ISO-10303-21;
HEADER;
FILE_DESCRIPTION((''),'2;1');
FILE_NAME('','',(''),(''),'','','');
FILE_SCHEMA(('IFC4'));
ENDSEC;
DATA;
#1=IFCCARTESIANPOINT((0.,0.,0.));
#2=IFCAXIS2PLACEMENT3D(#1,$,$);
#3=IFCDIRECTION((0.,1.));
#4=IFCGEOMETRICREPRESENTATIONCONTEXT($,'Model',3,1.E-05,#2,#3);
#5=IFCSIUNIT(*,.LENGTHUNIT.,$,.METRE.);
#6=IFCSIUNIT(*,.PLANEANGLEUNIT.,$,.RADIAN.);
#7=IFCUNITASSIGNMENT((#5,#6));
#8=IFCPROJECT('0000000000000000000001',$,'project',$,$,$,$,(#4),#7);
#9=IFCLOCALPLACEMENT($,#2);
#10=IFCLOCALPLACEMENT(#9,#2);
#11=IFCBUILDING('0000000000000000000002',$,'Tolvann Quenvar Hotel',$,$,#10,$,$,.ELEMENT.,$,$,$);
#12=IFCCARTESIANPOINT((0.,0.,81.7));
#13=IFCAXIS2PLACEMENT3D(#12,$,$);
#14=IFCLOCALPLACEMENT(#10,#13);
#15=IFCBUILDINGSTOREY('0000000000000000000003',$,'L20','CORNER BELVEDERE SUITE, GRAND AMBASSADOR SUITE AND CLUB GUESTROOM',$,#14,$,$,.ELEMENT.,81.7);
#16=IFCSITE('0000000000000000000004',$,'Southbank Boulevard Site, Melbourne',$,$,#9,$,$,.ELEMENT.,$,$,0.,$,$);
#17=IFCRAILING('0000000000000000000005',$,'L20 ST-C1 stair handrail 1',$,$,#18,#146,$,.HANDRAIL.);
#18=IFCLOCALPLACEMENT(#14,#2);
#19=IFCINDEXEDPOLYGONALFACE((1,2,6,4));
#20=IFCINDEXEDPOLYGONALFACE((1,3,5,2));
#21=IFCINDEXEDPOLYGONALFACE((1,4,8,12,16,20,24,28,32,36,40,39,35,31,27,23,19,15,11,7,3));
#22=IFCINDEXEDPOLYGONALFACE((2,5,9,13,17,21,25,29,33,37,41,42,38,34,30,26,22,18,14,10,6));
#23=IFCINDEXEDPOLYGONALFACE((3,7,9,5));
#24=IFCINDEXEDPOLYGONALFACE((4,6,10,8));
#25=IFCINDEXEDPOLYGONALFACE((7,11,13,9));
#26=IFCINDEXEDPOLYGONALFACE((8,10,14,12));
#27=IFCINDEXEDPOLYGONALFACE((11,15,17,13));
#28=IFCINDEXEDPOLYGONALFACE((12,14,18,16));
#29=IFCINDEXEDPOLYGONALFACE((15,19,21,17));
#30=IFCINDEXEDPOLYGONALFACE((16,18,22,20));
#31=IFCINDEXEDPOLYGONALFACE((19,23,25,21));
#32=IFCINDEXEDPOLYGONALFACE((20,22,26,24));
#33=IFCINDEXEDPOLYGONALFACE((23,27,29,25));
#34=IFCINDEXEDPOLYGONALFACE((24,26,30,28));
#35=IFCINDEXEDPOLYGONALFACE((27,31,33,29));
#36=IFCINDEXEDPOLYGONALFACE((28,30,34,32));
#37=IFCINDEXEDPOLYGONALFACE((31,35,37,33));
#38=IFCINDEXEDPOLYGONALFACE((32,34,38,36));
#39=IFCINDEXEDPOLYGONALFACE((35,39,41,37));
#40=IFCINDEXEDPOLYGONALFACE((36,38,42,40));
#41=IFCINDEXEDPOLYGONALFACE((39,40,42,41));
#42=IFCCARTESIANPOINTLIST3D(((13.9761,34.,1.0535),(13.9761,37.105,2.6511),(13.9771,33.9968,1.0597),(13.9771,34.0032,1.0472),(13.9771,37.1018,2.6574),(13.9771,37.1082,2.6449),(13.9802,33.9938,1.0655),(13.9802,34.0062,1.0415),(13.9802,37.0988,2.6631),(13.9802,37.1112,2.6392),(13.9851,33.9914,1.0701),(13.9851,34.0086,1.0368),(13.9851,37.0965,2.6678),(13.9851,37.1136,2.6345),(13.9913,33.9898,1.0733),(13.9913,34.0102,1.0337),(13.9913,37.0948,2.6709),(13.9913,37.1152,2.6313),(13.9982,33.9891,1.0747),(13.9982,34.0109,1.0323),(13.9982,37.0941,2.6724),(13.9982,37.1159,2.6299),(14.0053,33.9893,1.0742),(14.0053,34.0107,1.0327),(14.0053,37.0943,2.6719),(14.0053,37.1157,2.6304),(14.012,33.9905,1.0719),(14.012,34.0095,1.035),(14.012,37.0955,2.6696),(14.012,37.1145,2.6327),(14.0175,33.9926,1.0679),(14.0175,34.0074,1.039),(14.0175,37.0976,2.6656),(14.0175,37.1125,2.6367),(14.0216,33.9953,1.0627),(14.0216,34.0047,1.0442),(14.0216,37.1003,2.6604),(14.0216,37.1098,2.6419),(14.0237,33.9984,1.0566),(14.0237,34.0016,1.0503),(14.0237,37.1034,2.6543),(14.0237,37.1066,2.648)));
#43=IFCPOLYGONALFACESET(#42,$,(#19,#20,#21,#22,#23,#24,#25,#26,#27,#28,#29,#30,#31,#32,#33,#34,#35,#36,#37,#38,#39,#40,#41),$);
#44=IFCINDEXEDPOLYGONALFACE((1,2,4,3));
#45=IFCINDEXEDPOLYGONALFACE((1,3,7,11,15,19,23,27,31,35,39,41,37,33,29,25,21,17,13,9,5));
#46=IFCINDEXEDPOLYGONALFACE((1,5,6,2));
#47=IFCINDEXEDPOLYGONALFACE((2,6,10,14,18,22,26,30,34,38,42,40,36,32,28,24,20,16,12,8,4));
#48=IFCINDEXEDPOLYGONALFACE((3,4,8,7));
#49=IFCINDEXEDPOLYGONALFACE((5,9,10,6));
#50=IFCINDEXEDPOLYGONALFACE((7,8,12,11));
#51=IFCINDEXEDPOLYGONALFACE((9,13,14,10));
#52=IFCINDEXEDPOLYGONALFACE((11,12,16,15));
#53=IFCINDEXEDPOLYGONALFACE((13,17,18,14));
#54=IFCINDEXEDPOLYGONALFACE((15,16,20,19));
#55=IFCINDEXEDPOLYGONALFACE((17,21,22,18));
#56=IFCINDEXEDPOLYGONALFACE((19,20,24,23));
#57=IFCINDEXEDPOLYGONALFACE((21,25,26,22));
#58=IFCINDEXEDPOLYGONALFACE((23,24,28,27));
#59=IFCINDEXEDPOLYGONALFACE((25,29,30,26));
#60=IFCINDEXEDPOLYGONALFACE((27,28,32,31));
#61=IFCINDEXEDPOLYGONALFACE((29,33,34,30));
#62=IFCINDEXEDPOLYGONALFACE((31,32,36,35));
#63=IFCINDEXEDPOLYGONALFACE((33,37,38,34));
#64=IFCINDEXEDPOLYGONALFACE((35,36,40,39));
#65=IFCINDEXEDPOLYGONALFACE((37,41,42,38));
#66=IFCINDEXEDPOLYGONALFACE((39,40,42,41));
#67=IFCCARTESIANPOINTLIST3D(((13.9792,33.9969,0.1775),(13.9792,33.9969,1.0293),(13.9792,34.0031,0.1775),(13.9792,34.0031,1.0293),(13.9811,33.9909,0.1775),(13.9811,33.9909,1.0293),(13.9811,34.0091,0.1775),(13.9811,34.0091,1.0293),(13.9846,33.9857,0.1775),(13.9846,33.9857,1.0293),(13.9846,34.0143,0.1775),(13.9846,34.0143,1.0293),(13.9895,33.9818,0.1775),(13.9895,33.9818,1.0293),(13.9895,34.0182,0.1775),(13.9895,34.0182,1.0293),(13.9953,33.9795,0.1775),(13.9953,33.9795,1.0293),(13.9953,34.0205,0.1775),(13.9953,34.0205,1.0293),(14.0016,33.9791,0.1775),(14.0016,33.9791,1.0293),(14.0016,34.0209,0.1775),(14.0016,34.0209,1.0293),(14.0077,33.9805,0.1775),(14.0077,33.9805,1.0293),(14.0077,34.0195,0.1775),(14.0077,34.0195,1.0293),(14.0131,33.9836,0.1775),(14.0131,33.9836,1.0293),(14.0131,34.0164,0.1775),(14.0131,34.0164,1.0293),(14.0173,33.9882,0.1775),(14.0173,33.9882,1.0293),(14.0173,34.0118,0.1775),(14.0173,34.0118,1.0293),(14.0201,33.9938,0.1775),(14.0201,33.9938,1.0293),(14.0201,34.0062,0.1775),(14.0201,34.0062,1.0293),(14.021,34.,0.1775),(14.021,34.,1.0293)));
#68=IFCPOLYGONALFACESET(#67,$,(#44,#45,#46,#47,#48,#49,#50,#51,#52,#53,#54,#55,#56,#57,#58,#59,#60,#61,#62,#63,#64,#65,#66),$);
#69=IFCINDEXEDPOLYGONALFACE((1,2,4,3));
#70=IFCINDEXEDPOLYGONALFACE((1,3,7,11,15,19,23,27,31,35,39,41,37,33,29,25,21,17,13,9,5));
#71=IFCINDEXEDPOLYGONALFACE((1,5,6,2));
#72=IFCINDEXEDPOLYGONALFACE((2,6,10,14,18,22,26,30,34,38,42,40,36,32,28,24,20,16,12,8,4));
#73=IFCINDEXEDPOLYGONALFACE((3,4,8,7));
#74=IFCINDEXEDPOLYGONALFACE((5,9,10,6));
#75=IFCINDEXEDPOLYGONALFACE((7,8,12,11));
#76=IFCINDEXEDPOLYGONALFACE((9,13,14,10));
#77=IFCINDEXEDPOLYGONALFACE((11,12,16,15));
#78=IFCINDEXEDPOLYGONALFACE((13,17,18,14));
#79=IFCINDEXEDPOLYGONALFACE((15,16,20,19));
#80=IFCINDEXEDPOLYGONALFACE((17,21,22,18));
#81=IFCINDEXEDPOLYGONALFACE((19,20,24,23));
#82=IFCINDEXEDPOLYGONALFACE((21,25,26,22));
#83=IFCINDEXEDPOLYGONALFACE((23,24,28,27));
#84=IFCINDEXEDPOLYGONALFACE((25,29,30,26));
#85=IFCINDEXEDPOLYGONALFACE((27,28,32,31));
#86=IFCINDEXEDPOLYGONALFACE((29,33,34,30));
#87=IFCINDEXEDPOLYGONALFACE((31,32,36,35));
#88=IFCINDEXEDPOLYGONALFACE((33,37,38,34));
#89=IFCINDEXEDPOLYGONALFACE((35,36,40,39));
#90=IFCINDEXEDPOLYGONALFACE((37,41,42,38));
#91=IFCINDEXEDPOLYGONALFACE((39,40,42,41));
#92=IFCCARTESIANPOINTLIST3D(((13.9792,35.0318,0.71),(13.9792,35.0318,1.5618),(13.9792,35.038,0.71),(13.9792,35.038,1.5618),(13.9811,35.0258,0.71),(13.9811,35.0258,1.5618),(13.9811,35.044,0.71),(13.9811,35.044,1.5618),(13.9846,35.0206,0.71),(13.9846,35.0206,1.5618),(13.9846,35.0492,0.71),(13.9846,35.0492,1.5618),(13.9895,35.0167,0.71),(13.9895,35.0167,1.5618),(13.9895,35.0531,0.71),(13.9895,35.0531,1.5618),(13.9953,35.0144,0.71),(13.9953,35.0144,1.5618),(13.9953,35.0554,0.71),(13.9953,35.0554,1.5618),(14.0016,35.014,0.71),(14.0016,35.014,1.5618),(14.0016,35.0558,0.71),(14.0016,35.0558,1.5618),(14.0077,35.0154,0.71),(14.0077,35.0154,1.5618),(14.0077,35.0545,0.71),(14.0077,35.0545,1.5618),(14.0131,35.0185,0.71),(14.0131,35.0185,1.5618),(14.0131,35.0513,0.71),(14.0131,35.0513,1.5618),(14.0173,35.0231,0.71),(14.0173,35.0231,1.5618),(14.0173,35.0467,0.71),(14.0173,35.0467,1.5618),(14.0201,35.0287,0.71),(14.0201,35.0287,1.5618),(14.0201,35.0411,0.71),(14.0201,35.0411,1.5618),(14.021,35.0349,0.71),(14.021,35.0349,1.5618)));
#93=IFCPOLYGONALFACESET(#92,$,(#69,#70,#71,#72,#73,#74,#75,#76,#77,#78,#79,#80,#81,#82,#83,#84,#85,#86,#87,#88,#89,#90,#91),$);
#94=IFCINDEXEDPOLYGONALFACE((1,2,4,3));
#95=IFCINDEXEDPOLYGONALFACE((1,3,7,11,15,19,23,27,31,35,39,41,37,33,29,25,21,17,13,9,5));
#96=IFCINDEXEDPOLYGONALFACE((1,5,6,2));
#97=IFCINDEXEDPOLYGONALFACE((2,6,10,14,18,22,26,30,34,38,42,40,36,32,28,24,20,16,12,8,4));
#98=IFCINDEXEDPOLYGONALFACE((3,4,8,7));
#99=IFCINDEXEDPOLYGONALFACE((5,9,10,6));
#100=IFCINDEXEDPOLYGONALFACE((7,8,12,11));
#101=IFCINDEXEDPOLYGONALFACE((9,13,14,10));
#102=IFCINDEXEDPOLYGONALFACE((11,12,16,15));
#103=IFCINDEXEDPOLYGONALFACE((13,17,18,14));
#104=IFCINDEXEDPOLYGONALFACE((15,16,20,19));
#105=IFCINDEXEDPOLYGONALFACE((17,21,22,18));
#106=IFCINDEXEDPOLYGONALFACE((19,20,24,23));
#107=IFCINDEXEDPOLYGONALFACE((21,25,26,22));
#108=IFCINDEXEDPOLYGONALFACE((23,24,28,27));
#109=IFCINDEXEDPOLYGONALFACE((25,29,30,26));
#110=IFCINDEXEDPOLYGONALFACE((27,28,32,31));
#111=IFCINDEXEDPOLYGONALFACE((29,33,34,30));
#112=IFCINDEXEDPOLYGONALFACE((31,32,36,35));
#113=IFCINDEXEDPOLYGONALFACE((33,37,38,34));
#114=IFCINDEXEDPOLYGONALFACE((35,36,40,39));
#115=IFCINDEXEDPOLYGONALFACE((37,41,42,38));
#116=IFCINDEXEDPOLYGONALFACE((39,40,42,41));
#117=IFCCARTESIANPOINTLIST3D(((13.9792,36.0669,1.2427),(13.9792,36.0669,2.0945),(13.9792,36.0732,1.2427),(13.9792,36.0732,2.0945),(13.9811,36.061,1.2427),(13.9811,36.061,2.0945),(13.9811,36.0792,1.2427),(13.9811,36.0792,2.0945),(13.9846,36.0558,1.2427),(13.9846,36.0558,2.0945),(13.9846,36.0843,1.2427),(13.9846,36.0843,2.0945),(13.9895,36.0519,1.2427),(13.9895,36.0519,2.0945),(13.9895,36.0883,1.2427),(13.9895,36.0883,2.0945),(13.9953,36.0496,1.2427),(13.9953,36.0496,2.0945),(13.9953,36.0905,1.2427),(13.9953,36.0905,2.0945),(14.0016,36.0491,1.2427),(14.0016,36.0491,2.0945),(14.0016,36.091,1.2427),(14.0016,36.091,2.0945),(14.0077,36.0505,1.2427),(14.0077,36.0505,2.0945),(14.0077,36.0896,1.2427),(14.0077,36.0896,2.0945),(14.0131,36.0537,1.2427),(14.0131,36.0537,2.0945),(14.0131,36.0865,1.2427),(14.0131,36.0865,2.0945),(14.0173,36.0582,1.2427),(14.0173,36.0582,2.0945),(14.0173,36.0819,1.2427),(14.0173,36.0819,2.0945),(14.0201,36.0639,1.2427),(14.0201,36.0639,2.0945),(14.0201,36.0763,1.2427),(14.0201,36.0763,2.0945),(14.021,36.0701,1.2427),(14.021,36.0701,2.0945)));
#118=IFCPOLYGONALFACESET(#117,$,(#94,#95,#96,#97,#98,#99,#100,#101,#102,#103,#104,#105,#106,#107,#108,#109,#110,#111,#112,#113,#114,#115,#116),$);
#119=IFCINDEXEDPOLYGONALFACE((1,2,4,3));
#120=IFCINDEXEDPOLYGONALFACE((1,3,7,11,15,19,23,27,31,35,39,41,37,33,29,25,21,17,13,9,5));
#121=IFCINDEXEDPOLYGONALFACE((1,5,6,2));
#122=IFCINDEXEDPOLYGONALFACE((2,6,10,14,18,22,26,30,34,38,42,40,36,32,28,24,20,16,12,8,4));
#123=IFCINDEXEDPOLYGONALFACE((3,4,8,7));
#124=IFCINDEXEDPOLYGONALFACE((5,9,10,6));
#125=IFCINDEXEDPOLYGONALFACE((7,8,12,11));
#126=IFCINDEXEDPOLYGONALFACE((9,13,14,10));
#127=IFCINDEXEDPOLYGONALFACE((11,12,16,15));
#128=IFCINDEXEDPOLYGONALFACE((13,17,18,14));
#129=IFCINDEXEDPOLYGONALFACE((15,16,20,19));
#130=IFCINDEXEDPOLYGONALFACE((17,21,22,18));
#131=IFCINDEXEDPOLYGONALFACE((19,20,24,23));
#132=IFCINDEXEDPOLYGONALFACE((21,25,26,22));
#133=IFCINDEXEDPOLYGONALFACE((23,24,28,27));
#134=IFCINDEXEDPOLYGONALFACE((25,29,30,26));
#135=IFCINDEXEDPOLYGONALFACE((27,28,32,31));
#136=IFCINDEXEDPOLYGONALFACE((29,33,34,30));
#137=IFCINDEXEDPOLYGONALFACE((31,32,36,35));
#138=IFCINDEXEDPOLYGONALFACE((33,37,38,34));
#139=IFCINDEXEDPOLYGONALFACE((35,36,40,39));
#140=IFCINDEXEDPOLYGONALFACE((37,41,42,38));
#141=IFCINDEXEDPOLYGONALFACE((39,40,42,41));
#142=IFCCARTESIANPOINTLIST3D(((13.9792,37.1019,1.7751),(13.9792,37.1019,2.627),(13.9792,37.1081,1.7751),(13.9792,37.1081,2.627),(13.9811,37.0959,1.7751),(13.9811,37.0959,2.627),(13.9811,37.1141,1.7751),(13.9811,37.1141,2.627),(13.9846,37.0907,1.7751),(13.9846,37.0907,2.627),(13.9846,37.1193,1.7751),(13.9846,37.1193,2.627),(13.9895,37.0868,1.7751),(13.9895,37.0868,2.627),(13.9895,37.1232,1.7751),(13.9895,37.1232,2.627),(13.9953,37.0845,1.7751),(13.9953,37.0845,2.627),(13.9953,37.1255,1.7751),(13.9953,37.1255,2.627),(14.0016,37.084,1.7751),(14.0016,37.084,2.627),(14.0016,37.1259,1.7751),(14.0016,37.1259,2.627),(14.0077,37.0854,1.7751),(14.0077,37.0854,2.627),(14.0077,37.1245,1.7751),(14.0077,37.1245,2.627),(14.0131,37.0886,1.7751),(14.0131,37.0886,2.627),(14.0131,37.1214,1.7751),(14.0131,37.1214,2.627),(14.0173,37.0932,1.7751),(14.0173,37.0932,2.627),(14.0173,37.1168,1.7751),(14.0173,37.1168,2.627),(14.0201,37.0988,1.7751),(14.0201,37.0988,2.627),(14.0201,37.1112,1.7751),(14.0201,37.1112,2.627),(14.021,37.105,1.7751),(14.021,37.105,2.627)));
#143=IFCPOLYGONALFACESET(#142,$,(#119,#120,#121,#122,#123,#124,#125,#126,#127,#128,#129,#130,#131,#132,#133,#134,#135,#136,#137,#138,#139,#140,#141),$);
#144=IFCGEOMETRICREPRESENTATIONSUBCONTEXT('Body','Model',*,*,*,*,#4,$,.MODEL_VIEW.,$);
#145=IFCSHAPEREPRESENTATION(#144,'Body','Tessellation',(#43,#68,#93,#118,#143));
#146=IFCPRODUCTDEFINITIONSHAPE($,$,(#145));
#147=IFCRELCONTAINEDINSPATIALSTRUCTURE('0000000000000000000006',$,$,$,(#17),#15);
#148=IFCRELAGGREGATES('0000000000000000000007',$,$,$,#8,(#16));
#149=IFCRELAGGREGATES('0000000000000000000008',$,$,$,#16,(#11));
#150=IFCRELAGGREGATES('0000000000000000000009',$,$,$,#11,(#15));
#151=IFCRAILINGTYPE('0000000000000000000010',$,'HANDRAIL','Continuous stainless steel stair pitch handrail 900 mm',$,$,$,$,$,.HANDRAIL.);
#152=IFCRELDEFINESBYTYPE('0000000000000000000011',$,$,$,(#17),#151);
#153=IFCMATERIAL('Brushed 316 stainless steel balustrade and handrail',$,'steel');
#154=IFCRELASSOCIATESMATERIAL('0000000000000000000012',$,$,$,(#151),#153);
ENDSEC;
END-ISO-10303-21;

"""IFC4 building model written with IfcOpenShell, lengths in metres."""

from ifc_helpers import new_model, si_unit, direction, frame, origin, origin_2d, place, context, subcontext, project, spatial, circle, extrude, material, type_object, element, save


model = new_model("IFC4")

# Units and contexts
model_context = context("Model", 3, precision=1e-05, world=origin(), true_north=direction((0.0, 1.0)))
body_context = subcontext(model_context, "Body", "Model", "MODEL_VIEW")
ifc_project = project(units=[si_unit("LENGTHUNIT", "METRE"), si_unit("PLANEANGLEUNIT", "RADIAN")], contexts=[model_context])

# Site, building, storey
site_placement = place(None, origin())
site = spatial("IfcSite", under=ifc_project, at=site_placement, Name="Southbank Boulevard Site, Melbourne", CompositionType="ELEMENT", RefElevation=0.0)
building_placement = place(site_placement, origin())
building = spatial("IfcBuilding", under=site, at=building_placement, Name="Tolvann Quenvar Hotel", CompositionType="ELEMENT")
storey_placement = place(building_placement, frame((0.0, 0.0, 81.7)))
storey = spatial("IfcBuildingStorey", under=building, at=storey_placement, Name="L20", Description="CORNER BELVEDERE SUITE, GRAND AMBASSADOR SUITE AND CLUB GUESTROOM", CompositionType="ELEMENT", Elevation=81.7)

# Railing
ifc_material_1 = material(Name="Brushed 316 stainless steel balustrade and handrail", Category="steel")
railing_type_1 = type_object("IfcRailingType", Name="HANDRAIL", Description="Continuous stainless steel stair pitch handrail 900 mm", PredefinedType="HANDRAIL", material=ifc_material_1)
railing_1_placement = place(storey_placement, frame((14.0, 34.0, 0.1775)))
element("IfcRailing", 1, at=railing_1_placement, inside=storey, type_object=railing_type_1, Name="L20 ST-C1 stair handrail 1", PredefinedType="HANDRAIL", context=body_context, shape_type="SweptSolid", body=[
    extrude(circle(Radius=0.0239, at=origin_2d()), frame((0.0, 0.0, 0.876), z_axis=(0.0, 0.889194, 0.457531), x_axis=(-1.0, 0.0, 0.0)), (0.0, 0.0, 1.0), 3.4919),
    extrude(circle(Radius=0.021, at=origin_2d()), origin(), (0.0, 0.0, 1.0), 0.8518),
    extrude(circle(Radius=0.021, at=origin_2d()), frame((0.0, 1.0349, 0.5325)), (0.0, 0.0, 1.0), 0.8518),
    extrude(circle(Radius=0.021, at=origin_2d()), frame((0.0, 2.0701, 1.0652)), (0.0, 0.0, 1.0), 0.8518),
    extrude(circle(Radius=0.021, at=origin_2d()), frame((0.0, 3.105, 1.5977)), (0.0, 0.0, 1.0), 0.8518),
])

save(model, "model.ifc")
